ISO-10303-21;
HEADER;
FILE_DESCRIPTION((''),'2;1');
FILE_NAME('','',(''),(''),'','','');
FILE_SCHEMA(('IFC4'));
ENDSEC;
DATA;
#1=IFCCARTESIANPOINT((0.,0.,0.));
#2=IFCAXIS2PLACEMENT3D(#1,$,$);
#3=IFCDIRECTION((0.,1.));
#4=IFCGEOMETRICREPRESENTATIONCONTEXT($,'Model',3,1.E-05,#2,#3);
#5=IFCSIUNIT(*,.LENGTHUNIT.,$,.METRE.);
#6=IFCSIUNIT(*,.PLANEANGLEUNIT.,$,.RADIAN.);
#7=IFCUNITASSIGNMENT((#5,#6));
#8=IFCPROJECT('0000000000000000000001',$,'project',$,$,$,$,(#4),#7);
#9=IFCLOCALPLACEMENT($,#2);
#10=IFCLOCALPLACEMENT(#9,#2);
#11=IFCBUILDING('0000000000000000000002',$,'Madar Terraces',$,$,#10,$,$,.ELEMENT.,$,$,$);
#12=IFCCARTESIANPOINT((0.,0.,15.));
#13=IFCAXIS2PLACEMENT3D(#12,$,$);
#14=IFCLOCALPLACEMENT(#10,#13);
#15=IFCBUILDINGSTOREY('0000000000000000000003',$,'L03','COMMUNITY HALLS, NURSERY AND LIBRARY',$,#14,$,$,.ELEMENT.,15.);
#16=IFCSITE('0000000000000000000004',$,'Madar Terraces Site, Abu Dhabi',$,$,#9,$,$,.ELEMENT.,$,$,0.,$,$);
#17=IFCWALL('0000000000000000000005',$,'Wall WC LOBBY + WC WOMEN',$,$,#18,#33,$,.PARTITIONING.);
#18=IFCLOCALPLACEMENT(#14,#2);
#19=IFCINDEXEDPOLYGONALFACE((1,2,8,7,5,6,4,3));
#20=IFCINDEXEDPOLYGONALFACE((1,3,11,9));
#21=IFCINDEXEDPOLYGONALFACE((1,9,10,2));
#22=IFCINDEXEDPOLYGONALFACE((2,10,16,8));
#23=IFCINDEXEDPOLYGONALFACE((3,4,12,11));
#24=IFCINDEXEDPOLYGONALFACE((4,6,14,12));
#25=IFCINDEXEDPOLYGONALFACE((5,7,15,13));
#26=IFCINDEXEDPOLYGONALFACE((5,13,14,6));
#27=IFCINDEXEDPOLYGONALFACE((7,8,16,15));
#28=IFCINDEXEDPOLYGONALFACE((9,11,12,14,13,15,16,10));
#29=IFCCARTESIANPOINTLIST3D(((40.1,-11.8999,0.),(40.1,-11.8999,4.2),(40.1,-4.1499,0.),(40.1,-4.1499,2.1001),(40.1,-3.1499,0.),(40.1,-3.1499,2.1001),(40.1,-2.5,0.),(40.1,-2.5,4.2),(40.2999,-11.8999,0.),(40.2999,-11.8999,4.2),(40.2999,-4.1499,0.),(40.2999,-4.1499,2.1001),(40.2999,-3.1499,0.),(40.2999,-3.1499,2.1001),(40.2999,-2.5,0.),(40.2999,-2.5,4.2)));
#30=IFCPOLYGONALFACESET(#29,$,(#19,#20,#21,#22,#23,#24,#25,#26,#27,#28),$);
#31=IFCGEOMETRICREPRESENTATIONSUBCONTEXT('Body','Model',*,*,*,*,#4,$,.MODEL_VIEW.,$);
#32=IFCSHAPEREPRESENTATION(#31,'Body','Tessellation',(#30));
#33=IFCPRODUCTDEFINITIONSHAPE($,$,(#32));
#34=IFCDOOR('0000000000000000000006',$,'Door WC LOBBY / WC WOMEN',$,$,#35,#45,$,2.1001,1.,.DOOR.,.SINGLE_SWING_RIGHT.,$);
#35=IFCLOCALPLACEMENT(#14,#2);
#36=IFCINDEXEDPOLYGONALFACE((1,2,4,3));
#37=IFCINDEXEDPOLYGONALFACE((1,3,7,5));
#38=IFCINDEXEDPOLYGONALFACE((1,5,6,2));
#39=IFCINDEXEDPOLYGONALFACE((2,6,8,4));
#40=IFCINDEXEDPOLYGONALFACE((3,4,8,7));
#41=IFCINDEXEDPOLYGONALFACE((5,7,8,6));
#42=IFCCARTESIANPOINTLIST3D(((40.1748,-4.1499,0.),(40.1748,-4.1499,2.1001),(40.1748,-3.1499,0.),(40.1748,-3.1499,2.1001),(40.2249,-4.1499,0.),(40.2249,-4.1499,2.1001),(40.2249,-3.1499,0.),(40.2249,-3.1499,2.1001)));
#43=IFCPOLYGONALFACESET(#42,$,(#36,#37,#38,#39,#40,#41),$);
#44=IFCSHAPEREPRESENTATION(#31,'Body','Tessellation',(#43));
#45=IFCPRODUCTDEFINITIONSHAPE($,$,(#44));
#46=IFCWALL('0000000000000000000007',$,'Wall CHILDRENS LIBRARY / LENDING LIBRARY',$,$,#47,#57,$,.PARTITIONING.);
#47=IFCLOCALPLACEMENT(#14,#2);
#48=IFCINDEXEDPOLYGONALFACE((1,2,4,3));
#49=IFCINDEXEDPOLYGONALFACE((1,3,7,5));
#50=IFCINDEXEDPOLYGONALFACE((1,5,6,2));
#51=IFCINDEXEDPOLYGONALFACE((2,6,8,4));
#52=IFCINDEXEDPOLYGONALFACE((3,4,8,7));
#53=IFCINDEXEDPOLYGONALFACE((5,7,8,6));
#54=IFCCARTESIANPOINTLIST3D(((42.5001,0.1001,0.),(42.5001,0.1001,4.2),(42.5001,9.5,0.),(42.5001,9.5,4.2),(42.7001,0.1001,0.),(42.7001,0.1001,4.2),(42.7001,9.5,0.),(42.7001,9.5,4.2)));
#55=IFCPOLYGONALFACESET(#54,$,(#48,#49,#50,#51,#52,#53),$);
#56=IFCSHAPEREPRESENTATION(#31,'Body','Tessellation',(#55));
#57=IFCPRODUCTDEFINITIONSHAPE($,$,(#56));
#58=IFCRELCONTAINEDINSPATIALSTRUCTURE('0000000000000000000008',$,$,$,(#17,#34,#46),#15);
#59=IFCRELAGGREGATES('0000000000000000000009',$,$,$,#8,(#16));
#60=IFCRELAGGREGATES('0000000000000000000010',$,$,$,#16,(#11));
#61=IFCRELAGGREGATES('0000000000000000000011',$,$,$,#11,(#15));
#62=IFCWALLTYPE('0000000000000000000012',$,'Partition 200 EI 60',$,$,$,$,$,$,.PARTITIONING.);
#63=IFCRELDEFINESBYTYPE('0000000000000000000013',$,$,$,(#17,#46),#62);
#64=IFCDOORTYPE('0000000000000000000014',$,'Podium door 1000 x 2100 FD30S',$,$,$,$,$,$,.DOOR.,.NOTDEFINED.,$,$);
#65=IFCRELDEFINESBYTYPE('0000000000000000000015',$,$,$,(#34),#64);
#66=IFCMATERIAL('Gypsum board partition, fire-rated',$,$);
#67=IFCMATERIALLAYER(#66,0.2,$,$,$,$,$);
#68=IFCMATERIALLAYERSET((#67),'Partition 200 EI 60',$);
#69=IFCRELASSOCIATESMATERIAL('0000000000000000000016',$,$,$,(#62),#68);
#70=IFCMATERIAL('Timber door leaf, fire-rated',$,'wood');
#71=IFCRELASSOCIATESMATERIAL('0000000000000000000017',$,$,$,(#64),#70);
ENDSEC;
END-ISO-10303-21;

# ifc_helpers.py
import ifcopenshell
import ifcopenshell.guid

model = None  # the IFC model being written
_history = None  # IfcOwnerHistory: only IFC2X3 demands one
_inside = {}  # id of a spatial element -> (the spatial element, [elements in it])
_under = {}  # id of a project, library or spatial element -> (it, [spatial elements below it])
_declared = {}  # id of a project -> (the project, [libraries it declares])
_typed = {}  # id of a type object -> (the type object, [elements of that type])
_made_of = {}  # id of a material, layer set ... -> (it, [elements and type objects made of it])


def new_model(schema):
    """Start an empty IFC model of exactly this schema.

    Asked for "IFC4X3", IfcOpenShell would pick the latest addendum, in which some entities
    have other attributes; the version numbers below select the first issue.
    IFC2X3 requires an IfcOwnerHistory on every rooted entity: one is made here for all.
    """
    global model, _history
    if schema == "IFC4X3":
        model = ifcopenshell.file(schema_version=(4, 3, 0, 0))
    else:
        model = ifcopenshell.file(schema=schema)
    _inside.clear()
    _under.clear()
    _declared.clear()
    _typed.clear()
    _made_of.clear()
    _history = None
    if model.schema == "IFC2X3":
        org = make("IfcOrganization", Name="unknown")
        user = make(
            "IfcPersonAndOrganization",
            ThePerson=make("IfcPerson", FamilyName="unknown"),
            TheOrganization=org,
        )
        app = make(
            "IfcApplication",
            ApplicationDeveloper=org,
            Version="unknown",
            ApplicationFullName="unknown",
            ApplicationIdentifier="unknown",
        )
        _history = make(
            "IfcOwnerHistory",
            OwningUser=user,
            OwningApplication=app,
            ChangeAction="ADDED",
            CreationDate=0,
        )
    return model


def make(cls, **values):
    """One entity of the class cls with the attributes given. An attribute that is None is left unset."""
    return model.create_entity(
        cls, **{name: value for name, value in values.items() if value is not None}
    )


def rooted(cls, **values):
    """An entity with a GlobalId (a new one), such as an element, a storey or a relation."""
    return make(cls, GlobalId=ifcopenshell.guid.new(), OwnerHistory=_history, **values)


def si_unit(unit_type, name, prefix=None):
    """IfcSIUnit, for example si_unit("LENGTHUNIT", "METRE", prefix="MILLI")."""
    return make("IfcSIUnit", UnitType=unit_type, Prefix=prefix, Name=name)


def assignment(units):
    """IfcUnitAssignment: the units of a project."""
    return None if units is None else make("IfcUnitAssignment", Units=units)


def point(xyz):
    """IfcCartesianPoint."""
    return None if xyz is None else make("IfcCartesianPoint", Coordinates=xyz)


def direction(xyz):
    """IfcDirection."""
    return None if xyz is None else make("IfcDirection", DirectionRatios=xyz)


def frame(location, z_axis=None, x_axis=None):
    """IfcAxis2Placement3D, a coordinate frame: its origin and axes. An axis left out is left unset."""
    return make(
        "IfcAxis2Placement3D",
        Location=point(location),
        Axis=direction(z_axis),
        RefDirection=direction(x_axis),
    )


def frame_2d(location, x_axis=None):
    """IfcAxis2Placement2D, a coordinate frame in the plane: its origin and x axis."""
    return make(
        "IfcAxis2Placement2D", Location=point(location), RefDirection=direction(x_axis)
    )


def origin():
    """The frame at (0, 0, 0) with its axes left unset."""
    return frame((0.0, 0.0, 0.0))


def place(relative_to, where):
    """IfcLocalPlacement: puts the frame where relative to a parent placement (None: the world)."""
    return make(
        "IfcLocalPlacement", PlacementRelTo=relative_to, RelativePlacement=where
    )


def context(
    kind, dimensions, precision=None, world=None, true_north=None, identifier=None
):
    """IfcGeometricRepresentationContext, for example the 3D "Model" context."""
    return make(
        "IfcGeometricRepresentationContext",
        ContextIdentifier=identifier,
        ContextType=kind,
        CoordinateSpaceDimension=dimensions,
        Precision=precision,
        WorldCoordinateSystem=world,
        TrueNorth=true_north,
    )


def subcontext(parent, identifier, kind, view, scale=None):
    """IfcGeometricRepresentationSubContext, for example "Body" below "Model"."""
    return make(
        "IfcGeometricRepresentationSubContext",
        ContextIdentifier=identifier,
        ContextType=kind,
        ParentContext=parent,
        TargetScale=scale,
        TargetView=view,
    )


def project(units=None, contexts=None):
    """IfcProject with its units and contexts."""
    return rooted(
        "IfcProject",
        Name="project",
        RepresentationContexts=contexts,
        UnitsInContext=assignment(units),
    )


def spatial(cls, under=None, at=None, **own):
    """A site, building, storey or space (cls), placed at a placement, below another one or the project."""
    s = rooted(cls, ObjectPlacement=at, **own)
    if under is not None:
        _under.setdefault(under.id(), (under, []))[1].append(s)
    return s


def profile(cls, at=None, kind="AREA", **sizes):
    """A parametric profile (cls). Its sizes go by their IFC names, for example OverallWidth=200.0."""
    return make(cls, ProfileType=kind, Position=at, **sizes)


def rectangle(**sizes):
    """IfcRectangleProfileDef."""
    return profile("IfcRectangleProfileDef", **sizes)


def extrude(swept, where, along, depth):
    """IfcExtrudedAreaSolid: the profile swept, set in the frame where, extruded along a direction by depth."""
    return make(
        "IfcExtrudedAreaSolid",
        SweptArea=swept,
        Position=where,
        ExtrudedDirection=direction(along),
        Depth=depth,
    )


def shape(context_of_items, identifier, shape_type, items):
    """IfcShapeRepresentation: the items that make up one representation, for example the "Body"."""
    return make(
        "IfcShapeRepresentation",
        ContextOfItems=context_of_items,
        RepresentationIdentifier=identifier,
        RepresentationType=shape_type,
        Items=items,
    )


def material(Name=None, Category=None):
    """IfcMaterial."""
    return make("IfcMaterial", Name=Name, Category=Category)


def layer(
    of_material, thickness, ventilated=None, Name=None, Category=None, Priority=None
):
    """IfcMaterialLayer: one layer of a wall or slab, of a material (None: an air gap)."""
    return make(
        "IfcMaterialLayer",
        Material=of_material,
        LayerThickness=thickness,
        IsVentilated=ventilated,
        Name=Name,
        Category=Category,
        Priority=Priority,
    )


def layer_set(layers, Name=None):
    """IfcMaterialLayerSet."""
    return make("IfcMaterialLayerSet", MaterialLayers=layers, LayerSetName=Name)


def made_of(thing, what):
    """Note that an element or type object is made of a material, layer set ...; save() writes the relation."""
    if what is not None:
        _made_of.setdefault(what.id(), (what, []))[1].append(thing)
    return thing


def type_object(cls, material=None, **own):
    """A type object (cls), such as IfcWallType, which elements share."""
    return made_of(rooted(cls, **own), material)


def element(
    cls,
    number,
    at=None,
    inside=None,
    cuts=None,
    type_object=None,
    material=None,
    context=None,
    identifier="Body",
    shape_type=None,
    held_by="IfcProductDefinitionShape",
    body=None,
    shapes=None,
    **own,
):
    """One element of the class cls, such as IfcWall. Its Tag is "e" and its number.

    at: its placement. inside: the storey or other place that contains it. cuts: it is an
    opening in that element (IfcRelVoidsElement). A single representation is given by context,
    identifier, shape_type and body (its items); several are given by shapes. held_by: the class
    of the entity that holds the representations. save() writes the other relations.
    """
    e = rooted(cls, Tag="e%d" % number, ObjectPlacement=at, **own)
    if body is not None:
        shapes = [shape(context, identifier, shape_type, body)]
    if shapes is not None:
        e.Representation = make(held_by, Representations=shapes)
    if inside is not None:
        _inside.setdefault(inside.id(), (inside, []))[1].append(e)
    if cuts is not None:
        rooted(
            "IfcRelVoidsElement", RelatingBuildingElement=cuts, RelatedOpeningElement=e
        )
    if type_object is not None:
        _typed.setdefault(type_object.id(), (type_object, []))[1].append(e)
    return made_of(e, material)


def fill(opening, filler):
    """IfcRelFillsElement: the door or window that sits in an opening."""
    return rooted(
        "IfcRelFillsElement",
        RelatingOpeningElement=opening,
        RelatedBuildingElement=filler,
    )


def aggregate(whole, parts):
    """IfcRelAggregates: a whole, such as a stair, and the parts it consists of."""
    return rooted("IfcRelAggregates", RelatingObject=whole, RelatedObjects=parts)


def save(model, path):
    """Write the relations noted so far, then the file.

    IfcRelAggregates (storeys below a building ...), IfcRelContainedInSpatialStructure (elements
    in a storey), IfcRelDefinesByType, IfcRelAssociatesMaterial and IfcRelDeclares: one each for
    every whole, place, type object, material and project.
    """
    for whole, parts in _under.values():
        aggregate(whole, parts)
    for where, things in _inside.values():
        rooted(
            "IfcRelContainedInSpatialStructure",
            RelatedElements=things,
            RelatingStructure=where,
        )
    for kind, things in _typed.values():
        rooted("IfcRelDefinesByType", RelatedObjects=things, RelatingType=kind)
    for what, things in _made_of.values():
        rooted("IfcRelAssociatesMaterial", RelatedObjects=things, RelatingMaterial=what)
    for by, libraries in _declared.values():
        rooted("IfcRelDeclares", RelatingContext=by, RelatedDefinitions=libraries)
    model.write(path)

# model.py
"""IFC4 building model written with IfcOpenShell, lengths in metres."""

from ifc_helpers import new_model, si_unit, direction, frame, frame_2d, origin, place, context, subcontext, project, spatial, rectangle, extrude, material, layer, layer_set, type_object, element, fill, save


model = new_model("IFC4")

# Units and contexts
model_context = context("Model", 3, precision=1e-05, world=origin(), true_north=direction((0.0, 1.0)))
body_context = subcontext(model_context, "Body", "Model", "MODEL_VIEW")
ifc_project = project(units=[si_unit("LENGTHUNIT", "METRE"), si_unit("PLANEANGLEUNIT", "RADIAN")], contexts=[model_context])

# Site, building, storey
site_placement = place(None, origin())
site = spatial("IfcSite", under=ifc_project, at=site_placement, Name="Madar Terraces Site, Abu Dhabi", CompositionType="ELEMENT", RefElevation=0.0)
building_placement = place(site_placement, origin())
building = spatial("IfcBuilding", under=site, at=building_placement, Name="Madar Terraces", CompositionType="ELEMENT")
storey_placement = place(building_placement, frame((0.0, 0.0, 15.0)))
storey = spatial("IfcBuildingStorey", under=building, at=storey_placement, Name="L03", Description="COMMUNITY HALLS, NURSERY AND LIBRARY", CompositionType="ELEMENT", Elevation=15.0)

# Shared definitions
ifc_material_1 = material(Name="Gypsum board partition, fire-rated")
ifc_layer = layer(ifc_material_1, 0.2)
ifc_layer_set = layer_set([ifc_layer], Name="Partition 200 EI 60")
wall_type = type_object("IfcWallType", Name="Partition 200 EI 60", PredefinedType="PARTITIONING", material=ifc_layer_set)
ifc_material_2 = material(Name="Timber door leaf, fire-rated", Category="wood")
door_type_1 = type_object("IfcDoorType", Name="Podium door 1000 x 2100 FD30S", OperationType="NOTDEFINED", PredefinedType="DOOR", material=ifc_material_2)

# Wall, opening, door
wall_1_placement = place(storey_placement, frame((40.2, -2.5, 0.0), z_axis=(0.0, 0.0, 1.0), x_axis=(0.0, -1.0, 0.0)))
wall_1 = element("IfcWall", 1, at=wall_1_placement, inside=storey, type_object=wall_type, Name="Wall WC LOBBY + WC WOMEN", PredefinedType="PARTITIONING", context=body_context, shape_type="SweptSolid", body=[
    extrude(rectangle(XDim=9.3999, YDim=0.2, at=frame_2d((4.7, 0.0))), origin(), (0.0, 0.0, 1.0), 4.2),
])
opening_1_placement = place(wall_1_placement, frame((0.6499, 0.0, 0.0)))
opening_1 = element("IfcOpeningElement", 2, at=opening_1_placement, cuts=wall_1, PredefinedType="OPENING", context=body_context, shape_type="SweptSolid", body=[
    extrude(rectangle(XDim=1.0, YDim=2.1001, at=frame_2d((0.5, 1.05))), frame((0.0, 0.1099, 0.0), z_axis=(0.0, -1.0, 0.0), x_axis=(1.0, 0.0, 0.0)), (0.0, 0.0, 1.0), 0.22),
])
door_1_placement = place(opening_1_placement, origin())
door_1 = element("IfcDoor", 3, at=door_1_placement, inside=storey, type_object=door_type_1, Name="Door WC LOBBY / WC WOMEN", OperationType="SINGLE_SWING_RIGHT", OverallHeight=2.1001, OverallWidth=1.0, PredefinedType="DOOR", context=body_context, shape_type="SweptSolid", body=[
    extrude(rectangle(XDim=1.0, YDim=2.1001, at=frame_2d((0.5, 1.05))), frame((0.0, 0.0249, 0.0), z_axis=(0.0, -1.0, 0.0), x_axis=(1.0, 0.0, 0.0)), (0.0, 0.0, 1.0), 0.05),
])
fill(opening_1, door_1)

# Wall
wall_2_placement = place(storey_placement, frame((42.6001, 0.1001, 0.0), z_axis=(0.0, 0.0, 1.0), x_axis=(0.0, 1.0, 0.0)))
element("IfcWall", 4, at=wall_2_placement, inside=storey, type_object=wall_type, Name="Wall CHILDRENS LIBRARY / LENDING LIBRARY", PredefinedType="PARTITIONING", context=body_context, shape_type="SweptSolid", body=[
    extrude(rectangle(XDim=9.3999, YDim=0.2, at=frame_2d((4.7, 0.0))), origin(), (0.0, 0.0, 1.0), 4.2),
])

save(model, "model.ifc")
